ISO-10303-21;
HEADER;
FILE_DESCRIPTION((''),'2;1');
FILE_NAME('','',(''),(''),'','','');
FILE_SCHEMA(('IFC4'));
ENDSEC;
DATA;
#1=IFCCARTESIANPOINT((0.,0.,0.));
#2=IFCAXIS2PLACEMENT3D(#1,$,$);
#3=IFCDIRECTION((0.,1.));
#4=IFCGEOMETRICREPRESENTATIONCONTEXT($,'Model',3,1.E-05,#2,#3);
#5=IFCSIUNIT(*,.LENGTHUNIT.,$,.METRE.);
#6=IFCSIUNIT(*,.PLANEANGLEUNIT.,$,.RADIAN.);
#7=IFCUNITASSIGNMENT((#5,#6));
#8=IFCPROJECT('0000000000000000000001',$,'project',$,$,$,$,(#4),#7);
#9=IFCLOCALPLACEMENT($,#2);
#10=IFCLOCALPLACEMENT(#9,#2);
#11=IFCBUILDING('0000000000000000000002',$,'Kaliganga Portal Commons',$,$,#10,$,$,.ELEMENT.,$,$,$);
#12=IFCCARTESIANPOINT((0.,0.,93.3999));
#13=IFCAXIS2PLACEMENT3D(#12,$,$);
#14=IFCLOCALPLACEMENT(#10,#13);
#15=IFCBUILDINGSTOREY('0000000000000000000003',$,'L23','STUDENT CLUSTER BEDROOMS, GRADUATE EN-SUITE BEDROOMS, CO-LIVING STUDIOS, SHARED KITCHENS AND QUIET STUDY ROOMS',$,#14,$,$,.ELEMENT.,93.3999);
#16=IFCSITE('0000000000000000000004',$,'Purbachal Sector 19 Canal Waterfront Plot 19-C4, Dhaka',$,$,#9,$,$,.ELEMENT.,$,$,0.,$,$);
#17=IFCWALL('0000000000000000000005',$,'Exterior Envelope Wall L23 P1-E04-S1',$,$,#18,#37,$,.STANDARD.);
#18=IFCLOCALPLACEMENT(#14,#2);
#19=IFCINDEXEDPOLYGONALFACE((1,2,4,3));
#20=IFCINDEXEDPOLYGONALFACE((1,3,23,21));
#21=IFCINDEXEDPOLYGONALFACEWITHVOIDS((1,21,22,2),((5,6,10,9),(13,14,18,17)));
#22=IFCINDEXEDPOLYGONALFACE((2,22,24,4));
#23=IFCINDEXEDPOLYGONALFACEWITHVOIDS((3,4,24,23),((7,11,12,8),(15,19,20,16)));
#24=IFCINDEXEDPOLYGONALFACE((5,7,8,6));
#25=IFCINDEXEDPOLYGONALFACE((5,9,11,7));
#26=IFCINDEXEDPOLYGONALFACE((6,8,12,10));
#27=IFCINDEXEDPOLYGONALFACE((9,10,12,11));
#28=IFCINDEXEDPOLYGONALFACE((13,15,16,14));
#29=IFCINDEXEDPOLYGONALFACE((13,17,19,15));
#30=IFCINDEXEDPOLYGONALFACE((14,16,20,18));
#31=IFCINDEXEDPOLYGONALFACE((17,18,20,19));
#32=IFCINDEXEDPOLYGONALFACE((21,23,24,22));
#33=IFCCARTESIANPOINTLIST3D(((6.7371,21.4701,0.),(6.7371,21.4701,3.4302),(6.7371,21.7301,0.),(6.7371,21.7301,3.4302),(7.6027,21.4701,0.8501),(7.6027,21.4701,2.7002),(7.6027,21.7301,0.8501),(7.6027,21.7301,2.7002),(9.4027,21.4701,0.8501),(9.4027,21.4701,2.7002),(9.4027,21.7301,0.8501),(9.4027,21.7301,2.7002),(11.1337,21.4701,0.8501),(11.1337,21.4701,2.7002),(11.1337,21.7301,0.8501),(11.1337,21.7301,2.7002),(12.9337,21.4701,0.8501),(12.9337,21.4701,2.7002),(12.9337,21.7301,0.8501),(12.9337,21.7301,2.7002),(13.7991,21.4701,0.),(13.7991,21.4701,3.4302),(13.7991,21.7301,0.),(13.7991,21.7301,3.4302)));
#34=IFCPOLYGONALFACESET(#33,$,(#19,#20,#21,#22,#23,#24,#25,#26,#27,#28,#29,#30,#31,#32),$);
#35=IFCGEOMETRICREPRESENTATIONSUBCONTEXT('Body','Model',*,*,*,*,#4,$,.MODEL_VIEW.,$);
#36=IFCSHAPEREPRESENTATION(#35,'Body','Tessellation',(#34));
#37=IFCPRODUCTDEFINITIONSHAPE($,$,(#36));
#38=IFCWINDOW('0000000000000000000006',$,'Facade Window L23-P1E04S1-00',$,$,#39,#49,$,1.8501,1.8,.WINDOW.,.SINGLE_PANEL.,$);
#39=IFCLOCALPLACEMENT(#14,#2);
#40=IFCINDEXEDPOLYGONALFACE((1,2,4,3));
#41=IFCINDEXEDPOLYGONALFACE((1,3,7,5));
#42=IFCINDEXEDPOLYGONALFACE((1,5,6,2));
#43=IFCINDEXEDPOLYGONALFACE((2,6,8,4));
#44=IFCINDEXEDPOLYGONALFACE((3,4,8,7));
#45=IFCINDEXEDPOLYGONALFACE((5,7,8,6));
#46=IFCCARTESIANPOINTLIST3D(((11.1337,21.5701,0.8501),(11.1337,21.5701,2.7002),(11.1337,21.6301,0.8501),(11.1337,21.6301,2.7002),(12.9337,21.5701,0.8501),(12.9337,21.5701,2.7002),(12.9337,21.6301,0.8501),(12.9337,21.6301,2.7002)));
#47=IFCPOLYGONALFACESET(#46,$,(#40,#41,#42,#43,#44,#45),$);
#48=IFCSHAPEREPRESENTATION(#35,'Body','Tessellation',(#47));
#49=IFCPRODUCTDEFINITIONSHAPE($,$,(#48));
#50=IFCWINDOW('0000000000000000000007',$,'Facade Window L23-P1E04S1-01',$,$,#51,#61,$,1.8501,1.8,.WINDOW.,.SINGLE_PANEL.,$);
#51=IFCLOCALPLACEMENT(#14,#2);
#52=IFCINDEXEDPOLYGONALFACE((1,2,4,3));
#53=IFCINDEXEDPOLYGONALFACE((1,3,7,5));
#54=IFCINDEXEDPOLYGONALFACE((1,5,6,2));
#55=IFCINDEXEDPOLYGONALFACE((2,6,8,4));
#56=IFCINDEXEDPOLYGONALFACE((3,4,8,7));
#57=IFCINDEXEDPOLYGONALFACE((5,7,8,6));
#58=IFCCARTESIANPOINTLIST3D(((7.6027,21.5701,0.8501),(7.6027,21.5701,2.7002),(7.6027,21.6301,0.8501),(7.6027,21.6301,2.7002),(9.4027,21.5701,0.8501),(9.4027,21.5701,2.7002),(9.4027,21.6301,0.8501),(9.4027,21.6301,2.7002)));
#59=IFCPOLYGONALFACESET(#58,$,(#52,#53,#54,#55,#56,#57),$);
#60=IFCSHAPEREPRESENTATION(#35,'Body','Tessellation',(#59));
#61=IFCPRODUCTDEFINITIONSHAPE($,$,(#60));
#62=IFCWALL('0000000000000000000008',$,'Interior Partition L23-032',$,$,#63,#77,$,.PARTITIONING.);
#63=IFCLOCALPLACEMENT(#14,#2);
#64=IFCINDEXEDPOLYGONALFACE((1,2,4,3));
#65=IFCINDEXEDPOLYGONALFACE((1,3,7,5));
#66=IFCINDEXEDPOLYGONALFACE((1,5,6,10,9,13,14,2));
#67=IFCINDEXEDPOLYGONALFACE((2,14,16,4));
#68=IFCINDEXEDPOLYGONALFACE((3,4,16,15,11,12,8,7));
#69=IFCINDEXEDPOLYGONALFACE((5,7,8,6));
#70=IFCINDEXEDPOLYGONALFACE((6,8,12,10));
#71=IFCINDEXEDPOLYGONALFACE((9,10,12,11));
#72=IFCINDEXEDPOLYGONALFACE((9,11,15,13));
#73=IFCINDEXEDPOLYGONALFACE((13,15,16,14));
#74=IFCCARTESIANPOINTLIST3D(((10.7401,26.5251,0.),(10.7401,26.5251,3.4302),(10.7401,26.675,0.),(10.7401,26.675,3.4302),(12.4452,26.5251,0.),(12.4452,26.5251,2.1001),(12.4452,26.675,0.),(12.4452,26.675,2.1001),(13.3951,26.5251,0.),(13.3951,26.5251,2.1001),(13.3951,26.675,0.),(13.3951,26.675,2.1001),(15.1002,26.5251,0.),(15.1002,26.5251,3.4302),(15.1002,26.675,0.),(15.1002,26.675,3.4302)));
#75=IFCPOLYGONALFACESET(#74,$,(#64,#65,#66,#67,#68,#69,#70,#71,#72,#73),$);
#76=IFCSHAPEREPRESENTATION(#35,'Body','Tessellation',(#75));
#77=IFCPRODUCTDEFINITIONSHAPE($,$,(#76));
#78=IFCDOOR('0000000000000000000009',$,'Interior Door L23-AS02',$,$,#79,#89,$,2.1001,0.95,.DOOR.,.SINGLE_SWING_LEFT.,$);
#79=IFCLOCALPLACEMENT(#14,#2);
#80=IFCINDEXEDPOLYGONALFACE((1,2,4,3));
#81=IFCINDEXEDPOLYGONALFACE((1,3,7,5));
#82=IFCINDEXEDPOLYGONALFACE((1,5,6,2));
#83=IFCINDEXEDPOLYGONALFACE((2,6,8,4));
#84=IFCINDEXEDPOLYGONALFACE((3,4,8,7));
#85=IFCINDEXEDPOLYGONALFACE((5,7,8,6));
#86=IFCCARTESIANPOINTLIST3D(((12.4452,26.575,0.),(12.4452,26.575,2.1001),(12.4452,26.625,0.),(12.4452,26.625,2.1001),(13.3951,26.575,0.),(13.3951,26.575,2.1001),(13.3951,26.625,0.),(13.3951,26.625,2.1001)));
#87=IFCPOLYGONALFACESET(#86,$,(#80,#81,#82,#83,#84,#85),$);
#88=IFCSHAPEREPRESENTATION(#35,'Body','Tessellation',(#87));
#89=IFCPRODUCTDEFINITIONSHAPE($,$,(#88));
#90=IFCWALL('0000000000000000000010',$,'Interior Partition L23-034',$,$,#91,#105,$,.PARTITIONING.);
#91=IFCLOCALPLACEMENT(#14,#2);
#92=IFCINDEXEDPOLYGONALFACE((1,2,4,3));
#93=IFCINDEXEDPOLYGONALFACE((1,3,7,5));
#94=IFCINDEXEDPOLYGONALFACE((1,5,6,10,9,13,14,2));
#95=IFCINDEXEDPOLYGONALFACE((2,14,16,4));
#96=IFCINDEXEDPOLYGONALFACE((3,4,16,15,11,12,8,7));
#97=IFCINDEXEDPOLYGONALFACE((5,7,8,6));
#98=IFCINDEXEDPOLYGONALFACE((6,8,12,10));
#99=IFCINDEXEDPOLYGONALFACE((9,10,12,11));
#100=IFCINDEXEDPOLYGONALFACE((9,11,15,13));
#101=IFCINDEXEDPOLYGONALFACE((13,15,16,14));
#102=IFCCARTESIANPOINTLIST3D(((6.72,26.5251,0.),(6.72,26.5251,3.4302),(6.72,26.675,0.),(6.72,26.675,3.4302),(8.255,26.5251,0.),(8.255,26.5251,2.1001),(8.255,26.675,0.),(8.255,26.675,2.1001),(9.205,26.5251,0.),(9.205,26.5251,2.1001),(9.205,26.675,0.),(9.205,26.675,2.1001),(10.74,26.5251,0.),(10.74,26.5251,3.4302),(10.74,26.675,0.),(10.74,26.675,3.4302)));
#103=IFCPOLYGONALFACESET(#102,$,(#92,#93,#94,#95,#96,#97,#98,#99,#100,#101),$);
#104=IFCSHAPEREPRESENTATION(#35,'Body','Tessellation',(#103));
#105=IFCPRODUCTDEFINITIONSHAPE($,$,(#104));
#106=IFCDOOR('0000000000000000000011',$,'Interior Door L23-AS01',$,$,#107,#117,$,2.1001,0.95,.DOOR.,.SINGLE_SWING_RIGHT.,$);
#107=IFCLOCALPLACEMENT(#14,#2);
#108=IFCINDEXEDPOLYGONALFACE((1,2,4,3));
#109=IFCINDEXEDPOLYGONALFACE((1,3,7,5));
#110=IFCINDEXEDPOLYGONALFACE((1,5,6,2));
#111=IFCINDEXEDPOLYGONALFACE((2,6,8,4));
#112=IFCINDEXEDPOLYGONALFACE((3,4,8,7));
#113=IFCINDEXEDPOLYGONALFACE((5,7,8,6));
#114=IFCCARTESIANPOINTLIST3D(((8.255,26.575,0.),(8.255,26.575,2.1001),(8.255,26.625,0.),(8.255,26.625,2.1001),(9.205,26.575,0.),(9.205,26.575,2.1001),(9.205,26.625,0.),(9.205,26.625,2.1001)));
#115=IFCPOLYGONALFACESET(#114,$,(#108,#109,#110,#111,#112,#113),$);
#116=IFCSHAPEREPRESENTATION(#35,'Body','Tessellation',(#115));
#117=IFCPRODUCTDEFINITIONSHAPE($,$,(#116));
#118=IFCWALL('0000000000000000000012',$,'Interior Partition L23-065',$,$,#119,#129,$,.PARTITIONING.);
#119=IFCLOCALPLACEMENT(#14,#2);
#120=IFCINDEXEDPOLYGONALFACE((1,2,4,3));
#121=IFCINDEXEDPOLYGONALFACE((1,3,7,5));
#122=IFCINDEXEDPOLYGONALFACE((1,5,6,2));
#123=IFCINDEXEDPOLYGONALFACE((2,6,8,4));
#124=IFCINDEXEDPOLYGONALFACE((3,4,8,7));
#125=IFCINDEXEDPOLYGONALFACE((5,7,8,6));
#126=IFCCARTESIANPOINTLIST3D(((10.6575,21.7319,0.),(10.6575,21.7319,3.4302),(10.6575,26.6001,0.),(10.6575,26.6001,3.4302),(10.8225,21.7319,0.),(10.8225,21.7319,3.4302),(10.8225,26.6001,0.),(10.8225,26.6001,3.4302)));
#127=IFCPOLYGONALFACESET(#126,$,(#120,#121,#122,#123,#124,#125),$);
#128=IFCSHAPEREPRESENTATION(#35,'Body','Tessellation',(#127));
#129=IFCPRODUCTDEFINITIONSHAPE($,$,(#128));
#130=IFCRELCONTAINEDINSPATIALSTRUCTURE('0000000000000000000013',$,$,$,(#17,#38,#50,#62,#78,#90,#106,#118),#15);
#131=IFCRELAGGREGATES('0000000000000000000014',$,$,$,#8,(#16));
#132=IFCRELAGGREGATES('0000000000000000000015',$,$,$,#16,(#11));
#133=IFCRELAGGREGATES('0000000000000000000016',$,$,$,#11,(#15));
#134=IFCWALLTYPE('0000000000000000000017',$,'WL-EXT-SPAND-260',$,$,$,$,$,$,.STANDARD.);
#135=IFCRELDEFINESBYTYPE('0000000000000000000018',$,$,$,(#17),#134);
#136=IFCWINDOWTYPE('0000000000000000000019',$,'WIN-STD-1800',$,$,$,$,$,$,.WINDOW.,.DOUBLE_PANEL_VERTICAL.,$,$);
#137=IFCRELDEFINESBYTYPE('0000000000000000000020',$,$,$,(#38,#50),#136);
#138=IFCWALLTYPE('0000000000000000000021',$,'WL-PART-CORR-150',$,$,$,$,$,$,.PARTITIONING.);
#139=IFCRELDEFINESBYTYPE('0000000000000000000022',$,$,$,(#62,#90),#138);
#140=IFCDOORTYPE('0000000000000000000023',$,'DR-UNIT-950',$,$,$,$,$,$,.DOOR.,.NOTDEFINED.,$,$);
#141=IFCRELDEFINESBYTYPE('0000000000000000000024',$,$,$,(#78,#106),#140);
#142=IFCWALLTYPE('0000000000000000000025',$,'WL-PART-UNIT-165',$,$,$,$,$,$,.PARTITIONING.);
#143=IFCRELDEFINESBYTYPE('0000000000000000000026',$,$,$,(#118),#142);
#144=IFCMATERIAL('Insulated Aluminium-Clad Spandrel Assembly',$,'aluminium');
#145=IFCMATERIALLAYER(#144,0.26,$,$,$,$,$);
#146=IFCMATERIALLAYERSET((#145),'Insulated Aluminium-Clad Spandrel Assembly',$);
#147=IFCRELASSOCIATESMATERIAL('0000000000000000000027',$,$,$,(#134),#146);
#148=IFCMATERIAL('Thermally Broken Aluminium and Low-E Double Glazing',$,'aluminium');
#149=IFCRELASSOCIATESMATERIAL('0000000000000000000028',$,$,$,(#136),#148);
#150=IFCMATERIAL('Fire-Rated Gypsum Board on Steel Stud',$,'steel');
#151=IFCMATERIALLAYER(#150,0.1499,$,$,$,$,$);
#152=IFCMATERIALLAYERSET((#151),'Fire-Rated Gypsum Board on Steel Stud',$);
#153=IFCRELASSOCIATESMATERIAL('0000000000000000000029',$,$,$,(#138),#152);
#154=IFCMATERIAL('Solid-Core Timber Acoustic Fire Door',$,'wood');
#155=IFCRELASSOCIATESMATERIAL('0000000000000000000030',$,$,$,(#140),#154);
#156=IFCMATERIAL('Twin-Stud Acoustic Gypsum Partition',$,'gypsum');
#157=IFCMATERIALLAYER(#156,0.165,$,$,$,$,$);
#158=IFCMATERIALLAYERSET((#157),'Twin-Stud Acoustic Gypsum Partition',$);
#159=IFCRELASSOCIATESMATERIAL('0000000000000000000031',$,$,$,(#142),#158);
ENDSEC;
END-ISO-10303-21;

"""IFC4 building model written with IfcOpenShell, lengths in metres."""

from ifc_helpers import new_model, si_unit, direction, frame, frame_2d, origin, place, context, subcontext, project, spatial, rectangle, extrude, material, layer, layer_set, type_object, element, fill, save


model = new_model("IFC4")

# Units and contexts
model_context = context("Model", 3, precision=1e-05, world=origin(), true_north=direction((0.0, 1.0)))
body_context = subcontext(model_context, "Body", "Model", "MODEL_VIEW")
ifc_project = project(units=[si_unit("LENGTHUNIT", "METRE"), si_unit("PLANEANGLEUNIT", "RADIAN")], contexts=[model_context])

# Site, building, storey
site_placement = place(None, origin())
site = spatial("IfcSite", under=ifc_project, at=site_placement, Name="Purbachal Sector 19 Canal Waterfront Plot 19-C4, Dhaka", CompositionType="ELEMENT", RefElevation=0.0)
building_placement = place(site_placement, origin())
building = spatial("IfcBuilding", under=site, at=building_placement, Name="Kaliganga Portal Commons", CompositionType="ELEMENT")
storey_placement = place(building_placement, frame((0.0, 0.0, 93.3999)))
storey = spatial("IfcBuildingStorey", under=building, at=storey_placement, Name="L23", Description="STUDENT CLUSTER BEDROOMS, GRADUATE EN-SUITE BEDROOMS, CO-LIVING STUDIOS, SHARED KITCHENS AND QUIET STUDY ROOMS", CompositionType="ELEMENT", Elevation=93.3999)

# Wall, openings, windows
ifc_material_1 = material(Name="Insulated Aluminium-Clad Spandrel Assembly", Category="aluminium")
ifc_layer_1 = layer(ifc_material_1, 0.26)
ifc_layer_set_1 = layer_set([ifc_layer_1], Name="Insulated Aluminium-Clad Spandrel Assembly")
wall_type_1 = type_object("IfcWallType", Name="WL-EXT-SPAND-260", PredefinedType="STANDARD", material=ifc_layer_set_1)
wall_1_placement = place(storey_placement, frame((13.7991, 21.6001, 0.0), z_axis=(0.0, 0.0, 1.0), x_axis=(-1.0, 0.0, 0.0)))
wall_1 = element("IfcWall", 1, at=wall_1_placement, inside=storey, type_object=wall_type_1, Name="Exterior Envelope Wall L23 P1-E04-S1", PredefinedType="STANDARD", context=body_context, shape_type="SweptSolid", body=[
    extrude(rectangle(XDim=7.062, YDim=0.26, at=frame_2d((3.531, 0.0))), origin(), (0.0, 0.0, 1.0), 3.4302),
])
opening_1_placement = place(wall_1_placement, frame((0.8655, 0.0, 0.8501)))
opening_1 = element("IfcOpeningElement", 2, at=opening_1_placement, cuts=wall_1, PredefinedType="OPENING", context=body_context, shape_type="SweptSolid", body=[
    extrude(rectangle(XDim=1.8, YDim=1.8501, at=frame_2d((0.8999, 0.925))), frame((0.0, 0.1401, 0.0), z_axis=(0.0, -1.0, 0.0), x_axis=(1.0, 0.0, 0.0)), (0.0, 0.0, 1.0), 0.28),
])
opening_2_placement = place(wall_1_placement, frame((4.3965, 0.0, 0.8501)))
opening_2 = element("IfcOpeningElement", 3, at=opening_2_placement, cuts=wall_1, PredefinedType="OPENING", context=body_context, shape_type="SweptSolid", body=[
    extrude(rectangle(XDim=1.8, YDim=1.8501, at=frame_2d((0.8999, 0.925))), frame((0.0, 0.1401, 0.0), z_axis=(0.0, -1.0, 0.0), x_axis=(1.0, 0.0, 0.0)), (0.0, 0.0, 1.0), 0.28),
])
ifc_material_2 = material(Name="Thermally Broken Aluminium and Low-E Double Glazing", Category="aluminium")
window_type = type_object("IfcWindowType", Name="WIN-STD-1800", PartitioningType="DOUBLE_PANEL_VERTICAL", PredefinedType="WINDOW", material=ifc_material_2)
window_1_placement = place(opening_1_placement, origin())
window_1 = element("IfcWindow", 4, at=window_1_placement, inside=storey, type_object=window_type, Name="Facade Window L23-P1E04S1-00", OverallHeight=1.8501, OverallWidth=1.8, PartitioningType="SINGLE_PANEL", PredefinedType="WINDOW", context=body_context, shape_type="SweptSolid", body=[
    extrude(rectangle(XDim=1.8, YDim=1.8501, at=frame_2d((0.8999, 0.925))), frame((0.0, 0.03, 0.0), z_axis=(0.0, -1.0, 0.0), x_axis=(1.0, 0.0, 0.0)), (0.0, 0.0, 1.0), 0.0601),
])
fill(opening_1, window_1)
window_2_placement = place(opening_2_placement, origin())
window_2 = element("IfcWindow", 5, at=window_2_placement, inside=storey, type_object=window_type, Name="Facade Window L23-P1E04S1-01", OverallHeight=1.8501, OverallWidth=1.8, PartitioningType="SINGLE_PANEL", PredefinedType="WINDOW", context=body_context, shape_type="SweptSolid", body=[
    extrude(rectangle(XDim=1.8, YDim=1.8501, at=frame_2d((0.8999, 0.925))), frame((0.0, 0.03, 0.0), z_axis=(0.0, -1.0, 0.0), x_axis=(1.0, 0.0, 0.0)), (0.0, 0.0, 1.0), 0.0601),
])
fill(opening_2, window_2)

# Walls, openings, doors
ifc_material_3 = material(Name="Fire-Rated Gypsum Board on Steel Stud", Category="steel")
ifc_layer_2 = layer(ifc_material_3, 0.1499)
ifc_layer_set_2 = layer_set([ifc_layer_2], Name="Fire-Rated Gypsum Board on Steel Stud")
wall_type_2 = type_object("IfcWallType", Name="WL-PART-CORR-150", PredefinedType="PARTITIONING", material=ifc_layer_set_2)
wall_2_placement = place(storey_placement, frame((10.74, 26.6001, 0.0), z_axis=(0.0, 0.0, 1.0), x_axis=(1.0, 0.0, 0.0)))
wall_2 = element("IfcWall", 6, at=wall_2_placement, inside=storey, type_object=wall_type_2, Name="Interior Partition L23-032", PredefinedType="PARTITIONING", context=body_context, shape_type="SweptSolid", body=[
    extrude(rectangle(XDim=4.3601, YDim=0.1499, at=frame_2d((2.1802, 0.0))), origin(), (0.0, 0.0, 1.0), 3.4302),
])
opening_3_placement = place(wall_2_placement, frame((1.7051, 0.0, 0.0)))
opening_3 = element("IfcOpeningElement", 7, at=opening_3_placement, cuts=wall_2, PredefinedType="OPENING", context=body_context, shape_type="SweptSolid", body=[
    extrude(rectangle(XDim=0.95, YDim=2.1001, at=frame_2d((0.4751, 1.05))), frame((0.0, 0.085, 0.0), z_axis=(0.0, -1.0, 0.0), x_axis=(1.0, 0.0, 0.0)), (0.0, 0.0, 1.0), 0.1699),
])
ifc_material_4 = material(Name="Solid-Core Timber Acoustic Fire Door", Category="wood")
door_type = type_object("IfcDoorType", Name="DR-UNIT-950", OperationType="NOTDEFINED", PredefinedType="DOOR", material=ifc_material_4)
door_1_placement = place(opening_3_placement, origin())
door_1 = element("IfcDoor", 8, at=door_1_placement, inside=storey, type_object=door_type, Name="Interior Door L23-AS02", OperationType="SINGLE_SWING_LEFT", OverallHeight=2.1001, OverallWidth=0.95, PredefinedType="DOOR", context=body_context, shape_type="SweptSolid", body=[
    extrude(rectangle(XDim=0.95, YDim=2.1001, at=frame_2d((0.4751, 1.05))), frame((0.0, 0.0249, 0.0), z_axis=(0.0, -1.0, 0.0), x_axis=(1.0, 0.0, 0.0)), (0.0, 0.0, 1.0), 0.05),
])
fill(opening_3, door_1)
wall_3_placement = place(storey_placement, frame((6.72, 26.6001, 0.0), z_axis=(0.0, 0.0, 1.0), x_axis=(1.0, 0.0, 0.0)))
wall_3 = element("IfcWall", 9, at=wall_3_placement, inside=storey, type_object=wall_type_2, Name="Interior Partition L23-034", PredefinedType="PARTITIONING", context=body_context, shape_type="SweptSolid", body=[
    extrude(rectangle(XDim=4.02, YDim=0.1499, at=frame_2d((2.01, 0.0))), origin(), (0.0, 0.0, 1.0), 3.4302),
])
opening_4_placement = place(wall_3_placement, frame((1.5349, 0.0, 0.0)))
opening_4 = element("IfcOpeningElement", 10, at=opening_4_placement, cuts=wall_3, PredefinedType="OPENING", context=body_context, shape_type="SweptSolid", body=[
    extrude(rectangle(XDim=0.95, YDim=2.1001, at=frame_2d((0.4751, 1.05))), frame((0.0, 0.085, 0.0), z_axis=(0.0, -1.0, 0.0), x_axis=(1.0, 0.0, 0.0)), (0.0, 0.0, 1.0), 0.1699),
])
door_2_placement = place(opening_4_placement, origin())
door_2 = element("IfcDoor", 11, at=door_2_placement, inside=storey, type_object=door_type, Name="Interior Door L23-AS01", OperationType="SINGLE_SWING_RIGHT", OverallHeight=2.1001, OverallWidth=0.95, PredefinedType="DOOR", context=body_context, shape_type="SweptSolid", body=[
    extrude(rectangle(XDim=0.95, YDim=2.1001, at=frame_2d((0.4751, 1.05))), frame((0.0, 0.0249, 0.0), z_axis=(0.0, -1.0, 0.0), x_axis=(1.0, 0.0, 0.0)), (0.0, 0.0, 1.0), 0.05),
])
fill(opening_4, door_2)

# Wall
ifc_material_5 = material(Name="Twin-Stud Acoustic Gypsum Partition", Category="gypsum")
ifc_layer_3 = layer(ifc_material_5, 0.165)
ifc_layer_set_3 = layer_set([ifc_layer_3], Name="Twin-Stud Acoustic Gypsum Partition")
wall_type_3 = type_object("IfcWallType", Name="WL-PART-UNIT-165", PredefinedType="PARTITIONING", material=ifc_layer_set_3)
wall_4_placement = place(storey_placement, frame((10.74, 21.7319, 0.0), z_axis=(0.0, 0.0, 1.0), x_axis=(0.0, 1.0, 0.0)))
element("IfcWall", 12, at=wall_4_placement, inside=storey, type_object=wall_type_3, Name="Interior Partition L23-065", PredefinedType="PARTITIONING", context=body_context, shape_type="SweptSolid", body=[
    extrude(rectangle(XDim=4.8682, YDim=0.165, at=frame_2d((2.4341, 0.0))), origin(), (0.0, 0.0, 1.0), 3.4302),
])

save(model, "model.ifc")
